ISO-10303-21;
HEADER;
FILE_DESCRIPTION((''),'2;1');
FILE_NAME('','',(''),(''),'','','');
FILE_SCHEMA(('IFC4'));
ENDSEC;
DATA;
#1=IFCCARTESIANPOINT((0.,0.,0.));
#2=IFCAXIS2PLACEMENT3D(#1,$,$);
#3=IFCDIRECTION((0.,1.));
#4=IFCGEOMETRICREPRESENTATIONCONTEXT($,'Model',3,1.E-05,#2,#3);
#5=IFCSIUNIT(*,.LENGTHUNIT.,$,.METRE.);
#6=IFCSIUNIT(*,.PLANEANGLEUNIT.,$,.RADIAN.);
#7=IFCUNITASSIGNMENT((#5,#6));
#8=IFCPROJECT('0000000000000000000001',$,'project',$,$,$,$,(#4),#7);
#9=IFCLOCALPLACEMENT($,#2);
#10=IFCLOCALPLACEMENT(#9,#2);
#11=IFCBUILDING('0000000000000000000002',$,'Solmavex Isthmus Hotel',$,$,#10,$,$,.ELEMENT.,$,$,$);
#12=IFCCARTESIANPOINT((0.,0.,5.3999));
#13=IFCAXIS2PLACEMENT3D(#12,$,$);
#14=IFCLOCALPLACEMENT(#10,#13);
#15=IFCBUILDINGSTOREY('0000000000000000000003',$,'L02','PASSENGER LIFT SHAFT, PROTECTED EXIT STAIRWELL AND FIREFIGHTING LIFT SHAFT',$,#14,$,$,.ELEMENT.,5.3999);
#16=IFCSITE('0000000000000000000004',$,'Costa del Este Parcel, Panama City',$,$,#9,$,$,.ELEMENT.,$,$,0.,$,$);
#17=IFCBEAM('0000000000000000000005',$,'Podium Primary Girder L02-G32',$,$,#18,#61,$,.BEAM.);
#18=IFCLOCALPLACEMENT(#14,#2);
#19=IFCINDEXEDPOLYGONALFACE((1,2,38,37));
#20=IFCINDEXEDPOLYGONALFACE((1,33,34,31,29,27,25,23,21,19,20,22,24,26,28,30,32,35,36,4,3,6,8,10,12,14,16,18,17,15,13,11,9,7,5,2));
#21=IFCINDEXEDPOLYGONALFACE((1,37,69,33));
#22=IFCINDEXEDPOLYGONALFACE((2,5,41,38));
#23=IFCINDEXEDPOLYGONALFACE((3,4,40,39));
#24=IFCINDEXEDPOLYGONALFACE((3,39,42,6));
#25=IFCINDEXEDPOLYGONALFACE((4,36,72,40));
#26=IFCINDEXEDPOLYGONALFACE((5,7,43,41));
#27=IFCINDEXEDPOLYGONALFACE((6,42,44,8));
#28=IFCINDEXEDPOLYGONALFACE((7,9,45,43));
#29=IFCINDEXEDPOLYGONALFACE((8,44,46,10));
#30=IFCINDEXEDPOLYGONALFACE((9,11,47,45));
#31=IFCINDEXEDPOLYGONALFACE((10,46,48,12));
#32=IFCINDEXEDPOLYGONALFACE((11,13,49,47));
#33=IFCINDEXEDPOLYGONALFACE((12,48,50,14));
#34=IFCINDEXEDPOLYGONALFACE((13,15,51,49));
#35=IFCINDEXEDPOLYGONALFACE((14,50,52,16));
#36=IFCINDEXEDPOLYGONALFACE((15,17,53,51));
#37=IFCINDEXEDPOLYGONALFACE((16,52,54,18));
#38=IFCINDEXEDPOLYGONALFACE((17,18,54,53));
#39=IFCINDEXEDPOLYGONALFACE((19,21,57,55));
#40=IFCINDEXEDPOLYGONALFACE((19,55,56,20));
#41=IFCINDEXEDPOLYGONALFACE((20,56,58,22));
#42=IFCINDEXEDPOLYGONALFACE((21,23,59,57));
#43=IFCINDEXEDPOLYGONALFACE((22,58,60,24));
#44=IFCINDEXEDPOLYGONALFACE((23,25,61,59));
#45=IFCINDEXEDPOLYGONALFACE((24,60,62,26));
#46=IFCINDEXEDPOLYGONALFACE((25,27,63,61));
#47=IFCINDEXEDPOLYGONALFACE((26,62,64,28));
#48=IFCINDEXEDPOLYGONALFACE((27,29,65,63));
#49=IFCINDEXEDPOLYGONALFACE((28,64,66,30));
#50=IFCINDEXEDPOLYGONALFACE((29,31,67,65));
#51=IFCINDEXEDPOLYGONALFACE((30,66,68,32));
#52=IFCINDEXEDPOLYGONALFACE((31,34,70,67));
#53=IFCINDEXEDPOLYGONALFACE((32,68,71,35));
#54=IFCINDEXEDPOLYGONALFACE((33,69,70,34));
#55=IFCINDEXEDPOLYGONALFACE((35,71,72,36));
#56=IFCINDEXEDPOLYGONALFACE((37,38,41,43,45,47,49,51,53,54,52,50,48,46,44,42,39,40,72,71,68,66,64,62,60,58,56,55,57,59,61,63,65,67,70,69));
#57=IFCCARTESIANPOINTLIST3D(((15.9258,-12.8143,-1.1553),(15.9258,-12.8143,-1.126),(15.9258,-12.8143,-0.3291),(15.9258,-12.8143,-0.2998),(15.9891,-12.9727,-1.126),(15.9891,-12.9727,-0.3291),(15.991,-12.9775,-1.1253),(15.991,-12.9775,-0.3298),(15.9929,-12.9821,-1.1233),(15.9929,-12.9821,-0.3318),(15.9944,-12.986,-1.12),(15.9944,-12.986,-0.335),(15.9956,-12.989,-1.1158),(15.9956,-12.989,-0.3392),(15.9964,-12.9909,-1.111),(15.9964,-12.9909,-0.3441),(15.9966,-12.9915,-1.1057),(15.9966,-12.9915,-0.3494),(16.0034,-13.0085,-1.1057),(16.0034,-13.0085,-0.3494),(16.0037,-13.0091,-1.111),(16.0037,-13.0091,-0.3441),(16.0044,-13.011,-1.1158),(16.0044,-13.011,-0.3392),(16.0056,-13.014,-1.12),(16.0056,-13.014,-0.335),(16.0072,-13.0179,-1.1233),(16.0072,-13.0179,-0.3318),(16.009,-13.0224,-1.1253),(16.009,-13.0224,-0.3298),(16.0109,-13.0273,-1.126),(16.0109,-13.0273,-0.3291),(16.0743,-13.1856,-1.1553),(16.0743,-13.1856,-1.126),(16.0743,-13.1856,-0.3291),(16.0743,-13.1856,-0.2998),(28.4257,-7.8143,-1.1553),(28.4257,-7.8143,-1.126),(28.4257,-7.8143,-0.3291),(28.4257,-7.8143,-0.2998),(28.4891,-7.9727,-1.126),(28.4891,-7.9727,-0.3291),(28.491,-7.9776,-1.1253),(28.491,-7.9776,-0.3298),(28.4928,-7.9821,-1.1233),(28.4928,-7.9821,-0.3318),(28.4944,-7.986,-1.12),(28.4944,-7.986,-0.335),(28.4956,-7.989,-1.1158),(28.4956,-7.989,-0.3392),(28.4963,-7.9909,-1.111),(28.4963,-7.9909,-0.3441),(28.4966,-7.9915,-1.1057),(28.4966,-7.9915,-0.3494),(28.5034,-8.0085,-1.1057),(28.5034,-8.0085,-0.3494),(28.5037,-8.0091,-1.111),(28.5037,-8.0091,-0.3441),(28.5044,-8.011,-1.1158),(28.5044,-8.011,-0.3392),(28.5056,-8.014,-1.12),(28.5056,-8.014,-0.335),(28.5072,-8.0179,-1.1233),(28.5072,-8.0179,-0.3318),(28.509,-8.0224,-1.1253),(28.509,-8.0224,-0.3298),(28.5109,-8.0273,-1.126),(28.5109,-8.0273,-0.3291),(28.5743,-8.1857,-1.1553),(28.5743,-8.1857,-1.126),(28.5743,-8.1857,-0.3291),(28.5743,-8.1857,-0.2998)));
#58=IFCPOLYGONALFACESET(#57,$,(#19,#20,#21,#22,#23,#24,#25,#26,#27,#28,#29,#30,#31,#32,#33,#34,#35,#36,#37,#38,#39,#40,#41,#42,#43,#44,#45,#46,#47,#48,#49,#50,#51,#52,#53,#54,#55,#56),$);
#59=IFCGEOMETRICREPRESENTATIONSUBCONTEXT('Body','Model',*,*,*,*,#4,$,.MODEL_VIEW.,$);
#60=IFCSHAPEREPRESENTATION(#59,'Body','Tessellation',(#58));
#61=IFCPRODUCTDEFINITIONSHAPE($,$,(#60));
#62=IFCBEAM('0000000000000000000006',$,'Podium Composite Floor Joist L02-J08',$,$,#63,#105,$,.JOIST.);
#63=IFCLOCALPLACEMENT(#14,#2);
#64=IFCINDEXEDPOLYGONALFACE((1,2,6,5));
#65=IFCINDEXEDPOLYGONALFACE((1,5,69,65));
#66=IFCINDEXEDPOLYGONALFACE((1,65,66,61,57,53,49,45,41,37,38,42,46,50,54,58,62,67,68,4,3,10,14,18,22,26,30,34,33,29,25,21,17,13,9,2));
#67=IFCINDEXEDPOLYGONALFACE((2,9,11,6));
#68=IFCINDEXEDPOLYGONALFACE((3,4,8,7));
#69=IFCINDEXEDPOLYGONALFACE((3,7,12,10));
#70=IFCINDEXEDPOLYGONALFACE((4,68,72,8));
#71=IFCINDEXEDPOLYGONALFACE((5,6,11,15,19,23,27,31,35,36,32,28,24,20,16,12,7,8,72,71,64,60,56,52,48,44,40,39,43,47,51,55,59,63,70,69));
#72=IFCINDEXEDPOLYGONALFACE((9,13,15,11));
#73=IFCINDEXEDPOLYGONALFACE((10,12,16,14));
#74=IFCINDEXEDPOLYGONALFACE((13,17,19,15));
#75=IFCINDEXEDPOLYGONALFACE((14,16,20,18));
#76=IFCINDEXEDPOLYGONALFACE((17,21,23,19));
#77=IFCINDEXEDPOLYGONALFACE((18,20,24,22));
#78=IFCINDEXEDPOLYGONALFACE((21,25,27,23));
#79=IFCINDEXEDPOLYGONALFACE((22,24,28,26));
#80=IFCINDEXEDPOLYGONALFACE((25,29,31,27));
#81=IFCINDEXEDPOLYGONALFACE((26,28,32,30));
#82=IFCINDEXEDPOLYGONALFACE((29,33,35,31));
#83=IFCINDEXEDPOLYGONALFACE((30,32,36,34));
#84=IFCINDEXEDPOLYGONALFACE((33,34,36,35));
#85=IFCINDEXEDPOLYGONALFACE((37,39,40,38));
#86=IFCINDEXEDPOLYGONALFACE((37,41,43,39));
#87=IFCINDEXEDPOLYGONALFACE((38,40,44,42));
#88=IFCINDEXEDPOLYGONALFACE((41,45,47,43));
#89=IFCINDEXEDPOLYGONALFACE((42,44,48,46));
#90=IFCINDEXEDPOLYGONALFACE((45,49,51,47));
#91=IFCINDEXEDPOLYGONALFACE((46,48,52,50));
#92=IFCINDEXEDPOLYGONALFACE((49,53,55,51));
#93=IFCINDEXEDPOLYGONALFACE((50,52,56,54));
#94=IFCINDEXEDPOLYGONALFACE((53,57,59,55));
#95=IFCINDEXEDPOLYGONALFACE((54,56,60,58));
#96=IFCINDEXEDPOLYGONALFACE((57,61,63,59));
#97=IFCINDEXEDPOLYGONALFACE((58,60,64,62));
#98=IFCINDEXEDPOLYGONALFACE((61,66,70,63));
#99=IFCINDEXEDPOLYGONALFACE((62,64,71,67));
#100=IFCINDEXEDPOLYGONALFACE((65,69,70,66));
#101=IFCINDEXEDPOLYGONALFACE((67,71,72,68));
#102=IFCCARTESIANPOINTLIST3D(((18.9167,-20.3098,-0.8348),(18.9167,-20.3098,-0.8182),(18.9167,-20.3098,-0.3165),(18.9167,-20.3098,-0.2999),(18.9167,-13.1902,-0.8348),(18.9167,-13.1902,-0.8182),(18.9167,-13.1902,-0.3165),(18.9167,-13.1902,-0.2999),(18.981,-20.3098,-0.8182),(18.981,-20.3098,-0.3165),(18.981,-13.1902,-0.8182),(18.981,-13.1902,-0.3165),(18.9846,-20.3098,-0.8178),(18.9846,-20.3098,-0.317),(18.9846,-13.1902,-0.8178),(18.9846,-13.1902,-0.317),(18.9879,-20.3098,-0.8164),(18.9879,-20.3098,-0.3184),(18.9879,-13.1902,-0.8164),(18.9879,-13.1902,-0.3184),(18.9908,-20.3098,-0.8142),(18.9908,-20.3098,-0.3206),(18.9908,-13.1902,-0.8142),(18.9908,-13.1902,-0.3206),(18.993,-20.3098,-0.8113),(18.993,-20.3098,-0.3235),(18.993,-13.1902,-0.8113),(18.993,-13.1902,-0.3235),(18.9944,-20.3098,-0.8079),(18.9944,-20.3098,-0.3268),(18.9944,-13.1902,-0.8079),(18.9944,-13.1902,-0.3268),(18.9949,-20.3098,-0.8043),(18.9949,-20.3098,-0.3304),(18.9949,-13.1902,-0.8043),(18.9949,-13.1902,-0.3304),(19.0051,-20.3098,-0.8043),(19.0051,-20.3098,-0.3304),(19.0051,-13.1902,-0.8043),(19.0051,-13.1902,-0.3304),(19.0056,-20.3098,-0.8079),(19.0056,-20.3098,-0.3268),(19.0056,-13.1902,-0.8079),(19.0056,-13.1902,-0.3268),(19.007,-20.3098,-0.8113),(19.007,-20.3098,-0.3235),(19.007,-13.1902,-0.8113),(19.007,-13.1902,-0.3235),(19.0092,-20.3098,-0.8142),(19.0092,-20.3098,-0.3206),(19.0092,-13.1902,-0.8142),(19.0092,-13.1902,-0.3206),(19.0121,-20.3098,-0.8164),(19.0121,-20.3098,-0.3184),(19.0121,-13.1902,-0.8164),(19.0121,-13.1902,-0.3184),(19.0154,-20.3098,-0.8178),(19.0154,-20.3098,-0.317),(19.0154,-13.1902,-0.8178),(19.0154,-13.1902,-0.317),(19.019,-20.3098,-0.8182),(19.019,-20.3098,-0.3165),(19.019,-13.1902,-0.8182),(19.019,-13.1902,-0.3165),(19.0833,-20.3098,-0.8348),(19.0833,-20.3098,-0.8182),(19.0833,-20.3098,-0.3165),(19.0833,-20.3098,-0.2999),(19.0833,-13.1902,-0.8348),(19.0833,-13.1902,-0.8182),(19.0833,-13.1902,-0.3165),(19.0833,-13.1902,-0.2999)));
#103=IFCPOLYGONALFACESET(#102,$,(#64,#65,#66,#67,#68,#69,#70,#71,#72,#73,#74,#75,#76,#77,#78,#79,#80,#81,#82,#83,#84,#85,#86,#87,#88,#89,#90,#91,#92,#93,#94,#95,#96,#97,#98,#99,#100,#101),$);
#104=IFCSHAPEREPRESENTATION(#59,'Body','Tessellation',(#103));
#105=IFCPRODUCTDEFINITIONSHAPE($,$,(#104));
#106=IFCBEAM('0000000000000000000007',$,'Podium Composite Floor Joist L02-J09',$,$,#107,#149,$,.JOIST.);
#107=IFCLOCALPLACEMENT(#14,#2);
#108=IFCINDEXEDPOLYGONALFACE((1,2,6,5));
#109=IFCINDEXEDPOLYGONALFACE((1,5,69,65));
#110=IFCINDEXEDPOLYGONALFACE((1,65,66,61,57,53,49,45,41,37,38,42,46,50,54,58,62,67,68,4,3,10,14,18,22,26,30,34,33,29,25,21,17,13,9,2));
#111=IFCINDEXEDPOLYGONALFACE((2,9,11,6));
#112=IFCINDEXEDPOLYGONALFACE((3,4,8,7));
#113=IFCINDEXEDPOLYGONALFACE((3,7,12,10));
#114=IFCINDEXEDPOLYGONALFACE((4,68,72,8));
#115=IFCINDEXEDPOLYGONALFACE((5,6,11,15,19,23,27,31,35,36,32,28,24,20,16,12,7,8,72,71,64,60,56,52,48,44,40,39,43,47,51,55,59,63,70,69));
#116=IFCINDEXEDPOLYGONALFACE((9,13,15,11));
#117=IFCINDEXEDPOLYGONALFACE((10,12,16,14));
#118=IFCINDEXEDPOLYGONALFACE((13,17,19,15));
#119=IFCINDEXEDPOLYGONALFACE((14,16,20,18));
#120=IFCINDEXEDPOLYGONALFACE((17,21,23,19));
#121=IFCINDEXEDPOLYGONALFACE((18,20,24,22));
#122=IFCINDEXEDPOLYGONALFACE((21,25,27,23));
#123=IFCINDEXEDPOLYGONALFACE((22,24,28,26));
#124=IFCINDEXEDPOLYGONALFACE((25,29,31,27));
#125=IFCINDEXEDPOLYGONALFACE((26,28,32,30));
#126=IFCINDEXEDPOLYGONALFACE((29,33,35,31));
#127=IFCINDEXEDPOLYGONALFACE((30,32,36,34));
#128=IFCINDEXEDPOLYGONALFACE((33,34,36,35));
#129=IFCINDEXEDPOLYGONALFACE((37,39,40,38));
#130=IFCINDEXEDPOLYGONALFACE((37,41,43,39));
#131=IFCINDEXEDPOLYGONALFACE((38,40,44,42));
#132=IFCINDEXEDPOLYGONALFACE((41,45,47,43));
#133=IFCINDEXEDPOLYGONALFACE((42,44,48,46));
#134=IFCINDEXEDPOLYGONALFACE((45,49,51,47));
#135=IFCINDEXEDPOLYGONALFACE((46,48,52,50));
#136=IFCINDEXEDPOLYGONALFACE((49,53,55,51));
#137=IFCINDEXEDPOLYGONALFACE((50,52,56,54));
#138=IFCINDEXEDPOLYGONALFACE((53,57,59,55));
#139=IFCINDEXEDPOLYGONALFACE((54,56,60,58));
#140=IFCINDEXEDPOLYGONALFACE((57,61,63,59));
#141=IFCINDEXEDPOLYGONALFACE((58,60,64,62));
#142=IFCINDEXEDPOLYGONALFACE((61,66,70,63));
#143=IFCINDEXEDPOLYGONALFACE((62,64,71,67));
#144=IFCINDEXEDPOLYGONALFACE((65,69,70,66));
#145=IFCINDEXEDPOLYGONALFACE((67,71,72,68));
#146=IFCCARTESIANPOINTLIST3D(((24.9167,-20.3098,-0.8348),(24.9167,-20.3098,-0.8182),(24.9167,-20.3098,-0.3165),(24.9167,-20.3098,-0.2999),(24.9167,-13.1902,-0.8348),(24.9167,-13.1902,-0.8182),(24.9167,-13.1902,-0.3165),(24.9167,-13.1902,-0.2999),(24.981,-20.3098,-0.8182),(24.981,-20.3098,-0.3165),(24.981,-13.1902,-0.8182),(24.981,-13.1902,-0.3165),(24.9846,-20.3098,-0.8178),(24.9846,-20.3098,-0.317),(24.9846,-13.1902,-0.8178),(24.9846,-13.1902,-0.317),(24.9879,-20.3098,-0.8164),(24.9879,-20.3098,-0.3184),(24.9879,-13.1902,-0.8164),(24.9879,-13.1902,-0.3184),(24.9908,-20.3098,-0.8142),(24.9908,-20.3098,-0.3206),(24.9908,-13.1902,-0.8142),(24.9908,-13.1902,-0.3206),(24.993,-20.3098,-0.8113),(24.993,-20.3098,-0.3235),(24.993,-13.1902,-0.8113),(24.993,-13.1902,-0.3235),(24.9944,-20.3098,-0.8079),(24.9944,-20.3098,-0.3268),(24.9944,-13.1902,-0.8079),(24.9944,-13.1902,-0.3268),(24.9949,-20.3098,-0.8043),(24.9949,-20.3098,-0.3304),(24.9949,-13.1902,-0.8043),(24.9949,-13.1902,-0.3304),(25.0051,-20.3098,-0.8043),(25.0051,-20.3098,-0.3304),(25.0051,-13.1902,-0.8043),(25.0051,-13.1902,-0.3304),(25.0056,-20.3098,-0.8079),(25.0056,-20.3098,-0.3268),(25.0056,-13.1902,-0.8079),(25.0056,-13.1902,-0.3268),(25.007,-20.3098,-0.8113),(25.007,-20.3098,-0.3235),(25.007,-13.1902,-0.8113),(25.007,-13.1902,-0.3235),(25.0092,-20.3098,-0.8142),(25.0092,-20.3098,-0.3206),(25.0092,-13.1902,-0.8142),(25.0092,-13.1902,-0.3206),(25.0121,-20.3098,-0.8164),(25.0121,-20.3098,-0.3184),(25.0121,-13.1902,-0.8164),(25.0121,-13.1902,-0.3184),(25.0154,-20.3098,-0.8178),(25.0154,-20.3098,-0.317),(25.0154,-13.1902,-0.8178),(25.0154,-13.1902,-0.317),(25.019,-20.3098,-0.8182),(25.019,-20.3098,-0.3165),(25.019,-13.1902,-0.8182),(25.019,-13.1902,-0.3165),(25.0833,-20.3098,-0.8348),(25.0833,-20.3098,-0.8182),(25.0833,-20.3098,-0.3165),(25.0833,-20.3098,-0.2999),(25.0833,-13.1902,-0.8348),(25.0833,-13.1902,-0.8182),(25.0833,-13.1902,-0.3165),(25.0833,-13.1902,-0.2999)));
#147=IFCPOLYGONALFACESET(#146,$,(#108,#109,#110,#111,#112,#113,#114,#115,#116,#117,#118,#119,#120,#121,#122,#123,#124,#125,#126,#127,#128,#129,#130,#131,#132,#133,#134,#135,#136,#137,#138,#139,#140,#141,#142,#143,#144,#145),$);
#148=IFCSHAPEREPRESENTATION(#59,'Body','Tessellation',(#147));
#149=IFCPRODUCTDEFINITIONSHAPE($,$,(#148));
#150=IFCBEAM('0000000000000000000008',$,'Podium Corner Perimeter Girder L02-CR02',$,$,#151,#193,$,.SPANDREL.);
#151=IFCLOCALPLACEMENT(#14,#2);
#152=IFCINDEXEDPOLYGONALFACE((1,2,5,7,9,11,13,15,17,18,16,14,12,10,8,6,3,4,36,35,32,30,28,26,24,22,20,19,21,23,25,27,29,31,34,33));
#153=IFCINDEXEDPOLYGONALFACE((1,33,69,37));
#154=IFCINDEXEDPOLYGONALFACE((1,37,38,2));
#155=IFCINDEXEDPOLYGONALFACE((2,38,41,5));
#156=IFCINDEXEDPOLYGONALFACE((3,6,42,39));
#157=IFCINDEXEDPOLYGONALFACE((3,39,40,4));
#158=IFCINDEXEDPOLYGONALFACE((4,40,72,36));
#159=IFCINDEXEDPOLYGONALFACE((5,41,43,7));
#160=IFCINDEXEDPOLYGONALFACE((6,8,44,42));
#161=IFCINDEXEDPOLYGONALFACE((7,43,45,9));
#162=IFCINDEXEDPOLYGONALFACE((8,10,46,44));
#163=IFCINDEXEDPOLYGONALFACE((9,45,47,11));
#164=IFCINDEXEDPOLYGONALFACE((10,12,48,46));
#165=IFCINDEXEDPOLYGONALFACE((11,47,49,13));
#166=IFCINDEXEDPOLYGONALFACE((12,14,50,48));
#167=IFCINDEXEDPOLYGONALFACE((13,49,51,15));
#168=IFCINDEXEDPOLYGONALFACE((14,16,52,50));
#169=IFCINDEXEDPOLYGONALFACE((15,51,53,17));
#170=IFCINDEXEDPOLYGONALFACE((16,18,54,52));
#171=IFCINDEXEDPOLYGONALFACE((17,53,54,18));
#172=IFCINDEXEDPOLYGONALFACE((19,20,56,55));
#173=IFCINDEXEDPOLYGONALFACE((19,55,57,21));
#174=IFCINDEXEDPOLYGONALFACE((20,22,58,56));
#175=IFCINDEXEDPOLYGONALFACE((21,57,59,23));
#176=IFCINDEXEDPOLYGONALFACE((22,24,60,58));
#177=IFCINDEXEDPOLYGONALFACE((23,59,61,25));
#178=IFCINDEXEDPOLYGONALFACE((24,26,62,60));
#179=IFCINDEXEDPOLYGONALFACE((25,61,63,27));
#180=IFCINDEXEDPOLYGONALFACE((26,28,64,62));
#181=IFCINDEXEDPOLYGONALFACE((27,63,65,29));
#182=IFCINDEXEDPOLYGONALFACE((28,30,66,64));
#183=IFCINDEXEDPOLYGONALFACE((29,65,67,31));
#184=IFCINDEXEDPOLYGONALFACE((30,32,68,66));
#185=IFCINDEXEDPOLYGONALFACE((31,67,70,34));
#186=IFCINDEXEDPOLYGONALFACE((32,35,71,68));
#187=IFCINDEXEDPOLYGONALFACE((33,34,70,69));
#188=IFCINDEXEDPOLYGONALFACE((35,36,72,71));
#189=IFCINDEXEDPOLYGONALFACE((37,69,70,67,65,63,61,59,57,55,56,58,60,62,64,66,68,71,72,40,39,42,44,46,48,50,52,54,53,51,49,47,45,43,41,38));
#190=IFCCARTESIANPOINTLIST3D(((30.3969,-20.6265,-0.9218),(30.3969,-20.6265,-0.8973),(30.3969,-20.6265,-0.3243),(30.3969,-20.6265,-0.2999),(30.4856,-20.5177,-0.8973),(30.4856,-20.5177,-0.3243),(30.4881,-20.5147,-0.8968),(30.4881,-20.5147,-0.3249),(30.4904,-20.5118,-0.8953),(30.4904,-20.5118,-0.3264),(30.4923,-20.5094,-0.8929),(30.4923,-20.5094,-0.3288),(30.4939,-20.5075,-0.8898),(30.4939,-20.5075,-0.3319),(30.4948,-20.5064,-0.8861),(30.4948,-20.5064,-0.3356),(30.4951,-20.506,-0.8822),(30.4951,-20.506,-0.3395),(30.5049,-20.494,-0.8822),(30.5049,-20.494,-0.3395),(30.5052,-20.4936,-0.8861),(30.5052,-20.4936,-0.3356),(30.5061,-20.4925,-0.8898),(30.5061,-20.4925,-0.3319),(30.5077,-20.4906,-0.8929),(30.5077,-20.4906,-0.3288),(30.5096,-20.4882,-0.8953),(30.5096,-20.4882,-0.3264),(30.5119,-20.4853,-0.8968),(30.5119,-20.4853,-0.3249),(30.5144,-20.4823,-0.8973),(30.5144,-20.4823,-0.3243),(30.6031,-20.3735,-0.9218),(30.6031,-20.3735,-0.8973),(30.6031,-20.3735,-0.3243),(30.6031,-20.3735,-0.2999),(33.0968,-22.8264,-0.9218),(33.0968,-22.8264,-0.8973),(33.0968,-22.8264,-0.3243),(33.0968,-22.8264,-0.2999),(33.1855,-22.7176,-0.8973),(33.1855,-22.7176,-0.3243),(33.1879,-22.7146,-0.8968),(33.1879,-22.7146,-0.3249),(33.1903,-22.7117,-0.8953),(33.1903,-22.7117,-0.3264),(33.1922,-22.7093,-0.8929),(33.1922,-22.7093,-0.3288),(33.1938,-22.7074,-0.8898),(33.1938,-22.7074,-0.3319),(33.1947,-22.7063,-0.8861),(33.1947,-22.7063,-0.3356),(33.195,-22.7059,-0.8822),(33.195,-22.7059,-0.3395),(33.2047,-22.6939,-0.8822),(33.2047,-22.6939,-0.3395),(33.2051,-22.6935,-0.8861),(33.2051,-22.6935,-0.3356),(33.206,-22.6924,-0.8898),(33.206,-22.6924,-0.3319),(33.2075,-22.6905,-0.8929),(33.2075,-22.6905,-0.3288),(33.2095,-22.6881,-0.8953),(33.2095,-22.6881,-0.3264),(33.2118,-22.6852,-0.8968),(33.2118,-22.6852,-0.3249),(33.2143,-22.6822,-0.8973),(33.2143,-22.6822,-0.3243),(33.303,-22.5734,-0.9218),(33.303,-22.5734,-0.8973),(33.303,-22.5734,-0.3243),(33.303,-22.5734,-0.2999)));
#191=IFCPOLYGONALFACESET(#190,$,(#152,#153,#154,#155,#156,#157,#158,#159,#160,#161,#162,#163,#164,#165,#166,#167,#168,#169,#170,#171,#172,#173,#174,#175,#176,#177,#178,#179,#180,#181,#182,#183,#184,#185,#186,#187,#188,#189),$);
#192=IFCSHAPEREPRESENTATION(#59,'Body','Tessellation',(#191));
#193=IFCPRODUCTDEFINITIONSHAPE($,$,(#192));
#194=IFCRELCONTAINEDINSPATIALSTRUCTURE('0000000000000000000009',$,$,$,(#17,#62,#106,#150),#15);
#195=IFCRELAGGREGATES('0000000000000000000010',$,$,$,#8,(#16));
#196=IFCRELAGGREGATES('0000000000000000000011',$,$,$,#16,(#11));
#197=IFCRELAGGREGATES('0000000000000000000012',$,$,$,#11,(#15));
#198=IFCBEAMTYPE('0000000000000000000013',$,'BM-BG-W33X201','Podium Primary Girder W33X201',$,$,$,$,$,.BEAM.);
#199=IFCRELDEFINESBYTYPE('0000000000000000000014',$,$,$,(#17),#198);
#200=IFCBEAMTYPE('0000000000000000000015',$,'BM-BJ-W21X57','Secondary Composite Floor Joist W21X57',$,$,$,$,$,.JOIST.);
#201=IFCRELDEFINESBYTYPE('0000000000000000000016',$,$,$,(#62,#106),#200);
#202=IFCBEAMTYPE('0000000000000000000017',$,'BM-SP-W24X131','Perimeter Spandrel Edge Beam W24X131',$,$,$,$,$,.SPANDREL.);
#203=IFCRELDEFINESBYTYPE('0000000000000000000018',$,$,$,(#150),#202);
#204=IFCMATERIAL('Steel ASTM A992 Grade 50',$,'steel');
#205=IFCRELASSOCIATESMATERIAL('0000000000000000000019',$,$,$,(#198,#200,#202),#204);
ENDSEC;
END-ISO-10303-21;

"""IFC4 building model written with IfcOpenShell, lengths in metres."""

from ifc_helpers import new_model, si_unit, direction, frame, origin, origin_2d, place, context, subcontext, project, spatial, i_section, extrude, material, material_profile, profile_set, type_object, element, save


model = new_model("IFC4")

# Units and contexts
model_context = context("Model", 3, precision=1e-05, world=origin(), true_north=direction((0.0, 1.0)))
body_context = subcontext(model_context, "Body", "Model", "MODEL_VIEW")
ifc_project = project(units=[si_unit("LENGTHUNIT", "METRE"), si_unit("PLANEANGLEUNIT", "RADIAN")], contexts=[model_context])

# Site, building, storey
site_placement = place(None, origin())
site = spatial("IfcSite", under=ifc_project, at=site_placement, Name="Costa del Este Parcel, Panama City", CompositionType="ELEMENT", RefElevation=0.0)
building_placement = place(site_placement, origin())
building = spatial("IfcBuilding", under=site, at=building_placement, Name="Solmavex Isthmus Hotel", CompositionType="ELEMENT")
storey_placement = place(building_placement, frame((0.0, 0.0, 5.3999)))
storey = spatial("IfcBuildingStorey", under=building, at=storey_placement, Name="L02", Description="PASSENGER LIFT SHAFT, PROTECTED EXIT STAIRWELL AND FIREFIGHTING LIFT SHAFT", CompositionType="ELEMENT", Elevation=5.3999)

# Beams
ifc_material_1 = material(Name="Steel ASTM A992 Grade 50", Category="steel")
ifc_material_profile_1 = material_profile(ifc_material_1, i_section(OverallWidth=0.3999, OverallDepth=0.8555, WebThickness=0.0183, FlangeThickness=0.0293, FilletRadius=0.0203, at=origin_2d()), Name="W33X201")
ifc_profile_set_1 = profile_set([ifc_material_profile_1], Name="Steel ASTM A992 Grade 50")
beam_type_1 = type_object("IfcBeamType", Name="BM-BG-W33X201", Description="Podium Primary Girder W33X201", PredefinedType="BEAM", material=ifc_profile_set_1)
beam_1_placement = place(storey_placement, frame((28.5, -8.0, -0.7275), z_axis=(-0.928477, -0.371391, 0.0), x_axis=(0.371391, -0.928477, 0.0)))
element("IfcBeam", 1, at=beam_1_placement, inside=storey, type_object=beam_type_1, Name="Podium Primary Girder L02-G32", PredefinedType="BEAM", context=body_context, shape_type="SweptSolid", body=[
    extrude(i_section(OverallWidth=0.3999, OverallDepth=0.8555, WebThickness=0.0183, FlangeThickness=0.0293, FilletRadius=0.0203, at=origin_2d()), origin(), (0.0, 0.0, 1.0), 13.4629),
])
ifc_material_profile_2 = material_profile(ifc_material_1, i_section(OverallWidth=0.1665, OverallDepth=0.5349, WebThickness=0.0103, FlangeThickness=0.0166, FilletRadius=0.0139, at=origin_2d()), Name="W21X57")
ifc_profile_set_2 = profile_set([ifc_material_profile_2], Name="Steel ASTM A992 Grade 50")
beam_type_2 = type_object("IfcBeamType", Name="BM-BJ-W21X57", Description="Secondary Composite Floor Joist W21X57", PredefinedType="JOIST", material=ifc_profile_set_2)
for number, where, z_axis, x_axis, name in (
    (2, (19.0, -20.3098, -0.5674), (0.0, 1.0, 0.0), (-1.0, 0.0, 0.0), "Podium Composite Floor Joist L02-J08"),
    (3, (25.0, -20.3098, -0.5674), (0.0, 1.0, 0.0), (-1.0, 0.0, 0.0), "Podium Composite Floor Joist L02-J09"),
):
    element("IfcBeam", number, at=place(storey_placement, frame(where, z_axis=z_axis, x_axis=x_axis)), inside=storey, type_object=beam_type_2, Name=name, PredefinedType="JOIST", context=body_context, shape_type="SweptSolid", body=[
        extrude(i_section(OverallWidth=0.1665, OverallDepth=0.5349, WebThickness=0.0103, FlangeThickness=0.0166, FilletRadius=0.0139, at=origin_2d()), origin(), (0.0, 0.0, 1.0), 7.1196),
    ])
ifc_material_profile_3 = material_profile(ifc_material_1, i_section(OverallWidth=0.3264, OverallDepth=0.6218, WebThickness=0.0154, FlangeThickness=0.0244, FilletRadius=0.0151, at=origin_2d()), Name="W24X131")
ifc_profile_set_3 = profile_set([ifc_material_profile_3], Name="Steel ASTM A992 Grade 50")
beam_type_3 = type_object("IfcBeamType", Name="BM-SP-W24X131", Description="Perimeter Spandrel Edge Beam W24X131", PredefinedType="SPANDREL", material=ifc_profile_set_3)
beam_2_placement = place(storey_placement, frame((30.5, -20.5, -0.6108), z_axis=(0.775236, -0.631671, 0.0), x_axis=(0.631671, 0.775236, 0.0)))
element("IfcBeam", 4, at=beam_2_placement, inside=storey, type_object=beam_type_3, Name="Podium Corner Perimeter Girder L02-CR02", PredefinedType="SPANDREL", context=body_context, shape_type="SweptSolid", body=[
    extrude(i_section(OverallWidth=0.3264, OverallDepth=0.6218, WebThickness=0.0154, FlangeThickness=0.0244, FilletRadius=0.0151, at=origin_2d()), origin(), (0.0, 0.0, 1.0), 3.4827),
])

save(model, "model.ifc")
